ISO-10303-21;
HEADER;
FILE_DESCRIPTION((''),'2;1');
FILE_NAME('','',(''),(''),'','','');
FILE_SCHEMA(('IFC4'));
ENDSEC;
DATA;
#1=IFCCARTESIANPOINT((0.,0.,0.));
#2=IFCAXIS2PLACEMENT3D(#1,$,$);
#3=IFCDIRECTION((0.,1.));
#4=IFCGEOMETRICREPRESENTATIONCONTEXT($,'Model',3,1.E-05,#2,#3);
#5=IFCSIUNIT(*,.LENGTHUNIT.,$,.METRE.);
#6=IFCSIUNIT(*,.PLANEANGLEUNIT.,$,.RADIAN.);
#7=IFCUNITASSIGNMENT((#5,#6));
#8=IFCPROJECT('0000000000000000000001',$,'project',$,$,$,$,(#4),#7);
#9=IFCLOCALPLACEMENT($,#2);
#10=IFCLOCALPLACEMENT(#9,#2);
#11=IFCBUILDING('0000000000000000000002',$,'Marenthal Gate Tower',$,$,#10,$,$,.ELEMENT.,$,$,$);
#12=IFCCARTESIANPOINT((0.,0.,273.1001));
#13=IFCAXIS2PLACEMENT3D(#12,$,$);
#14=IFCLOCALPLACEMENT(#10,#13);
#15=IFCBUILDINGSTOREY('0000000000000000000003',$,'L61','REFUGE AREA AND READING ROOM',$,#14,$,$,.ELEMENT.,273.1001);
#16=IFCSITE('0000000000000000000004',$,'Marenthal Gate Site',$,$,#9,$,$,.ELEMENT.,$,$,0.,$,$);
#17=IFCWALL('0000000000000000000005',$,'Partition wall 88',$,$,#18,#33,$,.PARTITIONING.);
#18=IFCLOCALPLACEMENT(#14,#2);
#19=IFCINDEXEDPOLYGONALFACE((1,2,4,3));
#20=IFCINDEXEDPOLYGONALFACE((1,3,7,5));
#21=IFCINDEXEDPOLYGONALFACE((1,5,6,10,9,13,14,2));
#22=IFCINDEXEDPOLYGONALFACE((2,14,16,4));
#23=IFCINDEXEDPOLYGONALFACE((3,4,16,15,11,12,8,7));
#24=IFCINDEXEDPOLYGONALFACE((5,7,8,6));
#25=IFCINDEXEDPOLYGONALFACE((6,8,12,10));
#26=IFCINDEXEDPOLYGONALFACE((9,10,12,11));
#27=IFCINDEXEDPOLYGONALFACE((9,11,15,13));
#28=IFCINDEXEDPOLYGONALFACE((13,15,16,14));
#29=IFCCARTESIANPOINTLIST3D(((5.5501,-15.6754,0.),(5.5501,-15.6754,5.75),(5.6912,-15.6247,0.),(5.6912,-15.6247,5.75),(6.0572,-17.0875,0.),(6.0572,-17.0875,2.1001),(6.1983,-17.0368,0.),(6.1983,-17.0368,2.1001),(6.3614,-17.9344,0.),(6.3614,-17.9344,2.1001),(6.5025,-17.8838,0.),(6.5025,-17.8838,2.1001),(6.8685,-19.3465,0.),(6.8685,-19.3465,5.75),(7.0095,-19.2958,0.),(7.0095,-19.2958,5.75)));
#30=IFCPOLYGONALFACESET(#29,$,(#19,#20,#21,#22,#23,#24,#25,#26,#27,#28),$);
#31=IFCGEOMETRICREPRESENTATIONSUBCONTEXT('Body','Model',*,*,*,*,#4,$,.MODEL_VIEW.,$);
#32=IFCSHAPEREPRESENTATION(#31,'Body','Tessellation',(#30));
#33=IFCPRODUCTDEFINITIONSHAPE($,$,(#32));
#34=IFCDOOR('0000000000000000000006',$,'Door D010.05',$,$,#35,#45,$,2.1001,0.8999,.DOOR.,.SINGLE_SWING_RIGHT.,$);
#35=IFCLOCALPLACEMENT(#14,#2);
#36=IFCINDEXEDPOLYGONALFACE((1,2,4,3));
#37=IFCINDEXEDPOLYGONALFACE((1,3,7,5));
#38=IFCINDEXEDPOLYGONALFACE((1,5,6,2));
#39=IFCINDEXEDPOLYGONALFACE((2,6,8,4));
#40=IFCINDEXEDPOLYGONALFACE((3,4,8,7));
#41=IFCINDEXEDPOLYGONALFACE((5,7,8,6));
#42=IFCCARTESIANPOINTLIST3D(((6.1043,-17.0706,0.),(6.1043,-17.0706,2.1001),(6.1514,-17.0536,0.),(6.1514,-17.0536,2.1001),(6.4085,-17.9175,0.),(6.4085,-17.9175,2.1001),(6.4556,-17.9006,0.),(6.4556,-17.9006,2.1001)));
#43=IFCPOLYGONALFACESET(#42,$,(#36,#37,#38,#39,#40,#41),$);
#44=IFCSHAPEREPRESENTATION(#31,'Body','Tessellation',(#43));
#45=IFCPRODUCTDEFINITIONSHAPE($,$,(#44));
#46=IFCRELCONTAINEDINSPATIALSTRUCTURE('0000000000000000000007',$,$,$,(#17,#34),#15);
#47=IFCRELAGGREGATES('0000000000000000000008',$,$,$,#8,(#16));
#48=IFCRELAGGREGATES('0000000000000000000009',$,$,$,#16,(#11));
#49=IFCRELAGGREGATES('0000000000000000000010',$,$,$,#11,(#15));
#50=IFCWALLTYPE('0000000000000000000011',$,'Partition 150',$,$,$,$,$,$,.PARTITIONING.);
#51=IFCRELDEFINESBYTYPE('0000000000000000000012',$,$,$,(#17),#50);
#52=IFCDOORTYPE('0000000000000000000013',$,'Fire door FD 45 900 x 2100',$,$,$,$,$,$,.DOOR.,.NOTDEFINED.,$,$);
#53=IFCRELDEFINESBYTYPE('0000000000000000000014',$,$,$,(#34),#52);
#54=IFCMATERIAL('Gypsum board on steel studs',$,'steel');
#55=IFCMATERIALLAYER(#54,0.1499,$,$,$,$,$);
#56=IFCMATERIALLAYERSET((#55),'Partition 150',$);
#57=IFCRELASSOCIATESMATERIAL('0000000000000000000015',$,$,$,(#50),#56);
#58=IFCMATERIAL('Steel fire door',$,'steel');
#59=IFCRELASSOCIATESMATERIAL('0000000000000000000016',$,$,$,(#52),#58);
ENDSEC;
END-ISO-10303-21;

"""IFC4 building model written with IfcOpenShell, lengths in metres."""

from ifc_helpers import new_model, si_unit, direction, frame, frame_2d, origin, place, context, subcontext, project, spatial, rectangle, extrude, material, layer, layer_set, type_object, element, fill, save


model = new_model("IFC4")

# Units and contexts
model_context = context("Model", 3, precision=1e-05, world=origin(), true_north=direction((0.0, 1.0)))
body_context = subcontext(model_context, "Body", "Model", "MODEL_VIEW")
ifc_project = project(units=[si_unit("LENGTHUNIT", "METRE"), si_unit("PLANEANGLEUNIT", "RADIAN")], contexts=[model_context])

# Site, building, storey
site_placement = place(None, origin())
site = spatial("IfcSite", under=ifc_project, at=site_placement, Name="Marenthal Gate Site", CompositionType="ELEMENT", RefElevation=0.0)
building_placement = place(site_placement, origin())
building = spatial("IfcBuilding", under=site, at=building_placement, Name="Marenthal Gate Tower", CompositionType="ELEMENT")
storey_placement = place(building_placement, frame((0.0, 0.0, 273.1001)))
storey = spatial("IfcBuildingStorey", under=building, at=storey_placement, Name="L61", Description="REFUGE AREA AND READING ROOM", CompositionType="ELEMENT", Elevation=273.1001)

# Shared definitions
ifc_material_1 = material(Name="Gypsum board on steel studs", Category="steel")
ifc_layer_1 = layer(ifc_material_1, 0.1499)
ifc_layer_set_1 = layer_set([ifc_layer_1], Name="Partition 150")
wall_type_1 = type_object("IfcWallType", Name="Partition 150", PredefinedType="PARTITIONING", material=ifc_layer_set_1)

# Wall, opening, door
wall_1_placement = place(storey_placement, frame((6.939, -19.321, 0.0), z_axis=(0.0, 0.0, 1.0), x_axis=(-0.337981, 0.941153, 0.0)))
wall_1 = element("IfcWall", 1, at=wall_1_placement, inside=storey, type_object=wall_type_1, Name="Partition wall 88", PredefinedType="PARTITIONING", context=body_context, shape_type="SweptSolid", body=[
    extrude(rectangle(XDim=3.9006, YDim=0.1499, at=frame_2d((1.9502, 0.0))), origin(), (0.0, 0.0, 1.0), 5.75),
])
opening_placement = place(wall_1_placement, frame((1.5002, 0.0, 0.0)))
opening = element("IfcOpeningElement", 2, at=opening_placement, cuts=wall_1, PredefinedType="OPENING", context=body_context, shape_type="SweptSolid", body=[
    extrude(rectangle(XDim=0.8999, YDim=2.1001, at=frame_2d((0.45, 1.05))), frame((0.0, 0.085, 0.0), z_axis=(0.0, -1.0, 0.0), x_axis=(1.0, 0.0, 0.0)), (0.0, 0.0, 1.0), 0.1699),
])
ifc_material_2 = material(Name="Steel fire door", Category="steel")
door_type = type_object("IfcDoorType", Name="Fire door FD 45 900 x 2100", OperationType="NOTDEFINED", PredefinedType="DOOR", material=ifc_material_2)
door_placement = place(opening_placement, origin())
door = element("IfcDoor", 3, at=door_placement, inside=storey, type_object=door_type, Name="Door D010.05", OperationType="SINGLE_SWING_RIGHT", OverallHeight=2.1001, OverallWidth=0.8999, PredefinedType="DOOR", context=body_context, shape_type="SweptSolid", body=[
    extrude(rectangle(XDim=0.8999, YDim=2.1001, at=frame_2d((0.45, 1.05))), frame((0.0, 0.0249, 0.0), z_axis=(0.0, -1.0, 0.0), x_axis=(1.0, 0.0, 0.0)), (0.0, 0.0, 1.0), 0.05),
])
fill(opening, door)

save(model, "model.ifc")
